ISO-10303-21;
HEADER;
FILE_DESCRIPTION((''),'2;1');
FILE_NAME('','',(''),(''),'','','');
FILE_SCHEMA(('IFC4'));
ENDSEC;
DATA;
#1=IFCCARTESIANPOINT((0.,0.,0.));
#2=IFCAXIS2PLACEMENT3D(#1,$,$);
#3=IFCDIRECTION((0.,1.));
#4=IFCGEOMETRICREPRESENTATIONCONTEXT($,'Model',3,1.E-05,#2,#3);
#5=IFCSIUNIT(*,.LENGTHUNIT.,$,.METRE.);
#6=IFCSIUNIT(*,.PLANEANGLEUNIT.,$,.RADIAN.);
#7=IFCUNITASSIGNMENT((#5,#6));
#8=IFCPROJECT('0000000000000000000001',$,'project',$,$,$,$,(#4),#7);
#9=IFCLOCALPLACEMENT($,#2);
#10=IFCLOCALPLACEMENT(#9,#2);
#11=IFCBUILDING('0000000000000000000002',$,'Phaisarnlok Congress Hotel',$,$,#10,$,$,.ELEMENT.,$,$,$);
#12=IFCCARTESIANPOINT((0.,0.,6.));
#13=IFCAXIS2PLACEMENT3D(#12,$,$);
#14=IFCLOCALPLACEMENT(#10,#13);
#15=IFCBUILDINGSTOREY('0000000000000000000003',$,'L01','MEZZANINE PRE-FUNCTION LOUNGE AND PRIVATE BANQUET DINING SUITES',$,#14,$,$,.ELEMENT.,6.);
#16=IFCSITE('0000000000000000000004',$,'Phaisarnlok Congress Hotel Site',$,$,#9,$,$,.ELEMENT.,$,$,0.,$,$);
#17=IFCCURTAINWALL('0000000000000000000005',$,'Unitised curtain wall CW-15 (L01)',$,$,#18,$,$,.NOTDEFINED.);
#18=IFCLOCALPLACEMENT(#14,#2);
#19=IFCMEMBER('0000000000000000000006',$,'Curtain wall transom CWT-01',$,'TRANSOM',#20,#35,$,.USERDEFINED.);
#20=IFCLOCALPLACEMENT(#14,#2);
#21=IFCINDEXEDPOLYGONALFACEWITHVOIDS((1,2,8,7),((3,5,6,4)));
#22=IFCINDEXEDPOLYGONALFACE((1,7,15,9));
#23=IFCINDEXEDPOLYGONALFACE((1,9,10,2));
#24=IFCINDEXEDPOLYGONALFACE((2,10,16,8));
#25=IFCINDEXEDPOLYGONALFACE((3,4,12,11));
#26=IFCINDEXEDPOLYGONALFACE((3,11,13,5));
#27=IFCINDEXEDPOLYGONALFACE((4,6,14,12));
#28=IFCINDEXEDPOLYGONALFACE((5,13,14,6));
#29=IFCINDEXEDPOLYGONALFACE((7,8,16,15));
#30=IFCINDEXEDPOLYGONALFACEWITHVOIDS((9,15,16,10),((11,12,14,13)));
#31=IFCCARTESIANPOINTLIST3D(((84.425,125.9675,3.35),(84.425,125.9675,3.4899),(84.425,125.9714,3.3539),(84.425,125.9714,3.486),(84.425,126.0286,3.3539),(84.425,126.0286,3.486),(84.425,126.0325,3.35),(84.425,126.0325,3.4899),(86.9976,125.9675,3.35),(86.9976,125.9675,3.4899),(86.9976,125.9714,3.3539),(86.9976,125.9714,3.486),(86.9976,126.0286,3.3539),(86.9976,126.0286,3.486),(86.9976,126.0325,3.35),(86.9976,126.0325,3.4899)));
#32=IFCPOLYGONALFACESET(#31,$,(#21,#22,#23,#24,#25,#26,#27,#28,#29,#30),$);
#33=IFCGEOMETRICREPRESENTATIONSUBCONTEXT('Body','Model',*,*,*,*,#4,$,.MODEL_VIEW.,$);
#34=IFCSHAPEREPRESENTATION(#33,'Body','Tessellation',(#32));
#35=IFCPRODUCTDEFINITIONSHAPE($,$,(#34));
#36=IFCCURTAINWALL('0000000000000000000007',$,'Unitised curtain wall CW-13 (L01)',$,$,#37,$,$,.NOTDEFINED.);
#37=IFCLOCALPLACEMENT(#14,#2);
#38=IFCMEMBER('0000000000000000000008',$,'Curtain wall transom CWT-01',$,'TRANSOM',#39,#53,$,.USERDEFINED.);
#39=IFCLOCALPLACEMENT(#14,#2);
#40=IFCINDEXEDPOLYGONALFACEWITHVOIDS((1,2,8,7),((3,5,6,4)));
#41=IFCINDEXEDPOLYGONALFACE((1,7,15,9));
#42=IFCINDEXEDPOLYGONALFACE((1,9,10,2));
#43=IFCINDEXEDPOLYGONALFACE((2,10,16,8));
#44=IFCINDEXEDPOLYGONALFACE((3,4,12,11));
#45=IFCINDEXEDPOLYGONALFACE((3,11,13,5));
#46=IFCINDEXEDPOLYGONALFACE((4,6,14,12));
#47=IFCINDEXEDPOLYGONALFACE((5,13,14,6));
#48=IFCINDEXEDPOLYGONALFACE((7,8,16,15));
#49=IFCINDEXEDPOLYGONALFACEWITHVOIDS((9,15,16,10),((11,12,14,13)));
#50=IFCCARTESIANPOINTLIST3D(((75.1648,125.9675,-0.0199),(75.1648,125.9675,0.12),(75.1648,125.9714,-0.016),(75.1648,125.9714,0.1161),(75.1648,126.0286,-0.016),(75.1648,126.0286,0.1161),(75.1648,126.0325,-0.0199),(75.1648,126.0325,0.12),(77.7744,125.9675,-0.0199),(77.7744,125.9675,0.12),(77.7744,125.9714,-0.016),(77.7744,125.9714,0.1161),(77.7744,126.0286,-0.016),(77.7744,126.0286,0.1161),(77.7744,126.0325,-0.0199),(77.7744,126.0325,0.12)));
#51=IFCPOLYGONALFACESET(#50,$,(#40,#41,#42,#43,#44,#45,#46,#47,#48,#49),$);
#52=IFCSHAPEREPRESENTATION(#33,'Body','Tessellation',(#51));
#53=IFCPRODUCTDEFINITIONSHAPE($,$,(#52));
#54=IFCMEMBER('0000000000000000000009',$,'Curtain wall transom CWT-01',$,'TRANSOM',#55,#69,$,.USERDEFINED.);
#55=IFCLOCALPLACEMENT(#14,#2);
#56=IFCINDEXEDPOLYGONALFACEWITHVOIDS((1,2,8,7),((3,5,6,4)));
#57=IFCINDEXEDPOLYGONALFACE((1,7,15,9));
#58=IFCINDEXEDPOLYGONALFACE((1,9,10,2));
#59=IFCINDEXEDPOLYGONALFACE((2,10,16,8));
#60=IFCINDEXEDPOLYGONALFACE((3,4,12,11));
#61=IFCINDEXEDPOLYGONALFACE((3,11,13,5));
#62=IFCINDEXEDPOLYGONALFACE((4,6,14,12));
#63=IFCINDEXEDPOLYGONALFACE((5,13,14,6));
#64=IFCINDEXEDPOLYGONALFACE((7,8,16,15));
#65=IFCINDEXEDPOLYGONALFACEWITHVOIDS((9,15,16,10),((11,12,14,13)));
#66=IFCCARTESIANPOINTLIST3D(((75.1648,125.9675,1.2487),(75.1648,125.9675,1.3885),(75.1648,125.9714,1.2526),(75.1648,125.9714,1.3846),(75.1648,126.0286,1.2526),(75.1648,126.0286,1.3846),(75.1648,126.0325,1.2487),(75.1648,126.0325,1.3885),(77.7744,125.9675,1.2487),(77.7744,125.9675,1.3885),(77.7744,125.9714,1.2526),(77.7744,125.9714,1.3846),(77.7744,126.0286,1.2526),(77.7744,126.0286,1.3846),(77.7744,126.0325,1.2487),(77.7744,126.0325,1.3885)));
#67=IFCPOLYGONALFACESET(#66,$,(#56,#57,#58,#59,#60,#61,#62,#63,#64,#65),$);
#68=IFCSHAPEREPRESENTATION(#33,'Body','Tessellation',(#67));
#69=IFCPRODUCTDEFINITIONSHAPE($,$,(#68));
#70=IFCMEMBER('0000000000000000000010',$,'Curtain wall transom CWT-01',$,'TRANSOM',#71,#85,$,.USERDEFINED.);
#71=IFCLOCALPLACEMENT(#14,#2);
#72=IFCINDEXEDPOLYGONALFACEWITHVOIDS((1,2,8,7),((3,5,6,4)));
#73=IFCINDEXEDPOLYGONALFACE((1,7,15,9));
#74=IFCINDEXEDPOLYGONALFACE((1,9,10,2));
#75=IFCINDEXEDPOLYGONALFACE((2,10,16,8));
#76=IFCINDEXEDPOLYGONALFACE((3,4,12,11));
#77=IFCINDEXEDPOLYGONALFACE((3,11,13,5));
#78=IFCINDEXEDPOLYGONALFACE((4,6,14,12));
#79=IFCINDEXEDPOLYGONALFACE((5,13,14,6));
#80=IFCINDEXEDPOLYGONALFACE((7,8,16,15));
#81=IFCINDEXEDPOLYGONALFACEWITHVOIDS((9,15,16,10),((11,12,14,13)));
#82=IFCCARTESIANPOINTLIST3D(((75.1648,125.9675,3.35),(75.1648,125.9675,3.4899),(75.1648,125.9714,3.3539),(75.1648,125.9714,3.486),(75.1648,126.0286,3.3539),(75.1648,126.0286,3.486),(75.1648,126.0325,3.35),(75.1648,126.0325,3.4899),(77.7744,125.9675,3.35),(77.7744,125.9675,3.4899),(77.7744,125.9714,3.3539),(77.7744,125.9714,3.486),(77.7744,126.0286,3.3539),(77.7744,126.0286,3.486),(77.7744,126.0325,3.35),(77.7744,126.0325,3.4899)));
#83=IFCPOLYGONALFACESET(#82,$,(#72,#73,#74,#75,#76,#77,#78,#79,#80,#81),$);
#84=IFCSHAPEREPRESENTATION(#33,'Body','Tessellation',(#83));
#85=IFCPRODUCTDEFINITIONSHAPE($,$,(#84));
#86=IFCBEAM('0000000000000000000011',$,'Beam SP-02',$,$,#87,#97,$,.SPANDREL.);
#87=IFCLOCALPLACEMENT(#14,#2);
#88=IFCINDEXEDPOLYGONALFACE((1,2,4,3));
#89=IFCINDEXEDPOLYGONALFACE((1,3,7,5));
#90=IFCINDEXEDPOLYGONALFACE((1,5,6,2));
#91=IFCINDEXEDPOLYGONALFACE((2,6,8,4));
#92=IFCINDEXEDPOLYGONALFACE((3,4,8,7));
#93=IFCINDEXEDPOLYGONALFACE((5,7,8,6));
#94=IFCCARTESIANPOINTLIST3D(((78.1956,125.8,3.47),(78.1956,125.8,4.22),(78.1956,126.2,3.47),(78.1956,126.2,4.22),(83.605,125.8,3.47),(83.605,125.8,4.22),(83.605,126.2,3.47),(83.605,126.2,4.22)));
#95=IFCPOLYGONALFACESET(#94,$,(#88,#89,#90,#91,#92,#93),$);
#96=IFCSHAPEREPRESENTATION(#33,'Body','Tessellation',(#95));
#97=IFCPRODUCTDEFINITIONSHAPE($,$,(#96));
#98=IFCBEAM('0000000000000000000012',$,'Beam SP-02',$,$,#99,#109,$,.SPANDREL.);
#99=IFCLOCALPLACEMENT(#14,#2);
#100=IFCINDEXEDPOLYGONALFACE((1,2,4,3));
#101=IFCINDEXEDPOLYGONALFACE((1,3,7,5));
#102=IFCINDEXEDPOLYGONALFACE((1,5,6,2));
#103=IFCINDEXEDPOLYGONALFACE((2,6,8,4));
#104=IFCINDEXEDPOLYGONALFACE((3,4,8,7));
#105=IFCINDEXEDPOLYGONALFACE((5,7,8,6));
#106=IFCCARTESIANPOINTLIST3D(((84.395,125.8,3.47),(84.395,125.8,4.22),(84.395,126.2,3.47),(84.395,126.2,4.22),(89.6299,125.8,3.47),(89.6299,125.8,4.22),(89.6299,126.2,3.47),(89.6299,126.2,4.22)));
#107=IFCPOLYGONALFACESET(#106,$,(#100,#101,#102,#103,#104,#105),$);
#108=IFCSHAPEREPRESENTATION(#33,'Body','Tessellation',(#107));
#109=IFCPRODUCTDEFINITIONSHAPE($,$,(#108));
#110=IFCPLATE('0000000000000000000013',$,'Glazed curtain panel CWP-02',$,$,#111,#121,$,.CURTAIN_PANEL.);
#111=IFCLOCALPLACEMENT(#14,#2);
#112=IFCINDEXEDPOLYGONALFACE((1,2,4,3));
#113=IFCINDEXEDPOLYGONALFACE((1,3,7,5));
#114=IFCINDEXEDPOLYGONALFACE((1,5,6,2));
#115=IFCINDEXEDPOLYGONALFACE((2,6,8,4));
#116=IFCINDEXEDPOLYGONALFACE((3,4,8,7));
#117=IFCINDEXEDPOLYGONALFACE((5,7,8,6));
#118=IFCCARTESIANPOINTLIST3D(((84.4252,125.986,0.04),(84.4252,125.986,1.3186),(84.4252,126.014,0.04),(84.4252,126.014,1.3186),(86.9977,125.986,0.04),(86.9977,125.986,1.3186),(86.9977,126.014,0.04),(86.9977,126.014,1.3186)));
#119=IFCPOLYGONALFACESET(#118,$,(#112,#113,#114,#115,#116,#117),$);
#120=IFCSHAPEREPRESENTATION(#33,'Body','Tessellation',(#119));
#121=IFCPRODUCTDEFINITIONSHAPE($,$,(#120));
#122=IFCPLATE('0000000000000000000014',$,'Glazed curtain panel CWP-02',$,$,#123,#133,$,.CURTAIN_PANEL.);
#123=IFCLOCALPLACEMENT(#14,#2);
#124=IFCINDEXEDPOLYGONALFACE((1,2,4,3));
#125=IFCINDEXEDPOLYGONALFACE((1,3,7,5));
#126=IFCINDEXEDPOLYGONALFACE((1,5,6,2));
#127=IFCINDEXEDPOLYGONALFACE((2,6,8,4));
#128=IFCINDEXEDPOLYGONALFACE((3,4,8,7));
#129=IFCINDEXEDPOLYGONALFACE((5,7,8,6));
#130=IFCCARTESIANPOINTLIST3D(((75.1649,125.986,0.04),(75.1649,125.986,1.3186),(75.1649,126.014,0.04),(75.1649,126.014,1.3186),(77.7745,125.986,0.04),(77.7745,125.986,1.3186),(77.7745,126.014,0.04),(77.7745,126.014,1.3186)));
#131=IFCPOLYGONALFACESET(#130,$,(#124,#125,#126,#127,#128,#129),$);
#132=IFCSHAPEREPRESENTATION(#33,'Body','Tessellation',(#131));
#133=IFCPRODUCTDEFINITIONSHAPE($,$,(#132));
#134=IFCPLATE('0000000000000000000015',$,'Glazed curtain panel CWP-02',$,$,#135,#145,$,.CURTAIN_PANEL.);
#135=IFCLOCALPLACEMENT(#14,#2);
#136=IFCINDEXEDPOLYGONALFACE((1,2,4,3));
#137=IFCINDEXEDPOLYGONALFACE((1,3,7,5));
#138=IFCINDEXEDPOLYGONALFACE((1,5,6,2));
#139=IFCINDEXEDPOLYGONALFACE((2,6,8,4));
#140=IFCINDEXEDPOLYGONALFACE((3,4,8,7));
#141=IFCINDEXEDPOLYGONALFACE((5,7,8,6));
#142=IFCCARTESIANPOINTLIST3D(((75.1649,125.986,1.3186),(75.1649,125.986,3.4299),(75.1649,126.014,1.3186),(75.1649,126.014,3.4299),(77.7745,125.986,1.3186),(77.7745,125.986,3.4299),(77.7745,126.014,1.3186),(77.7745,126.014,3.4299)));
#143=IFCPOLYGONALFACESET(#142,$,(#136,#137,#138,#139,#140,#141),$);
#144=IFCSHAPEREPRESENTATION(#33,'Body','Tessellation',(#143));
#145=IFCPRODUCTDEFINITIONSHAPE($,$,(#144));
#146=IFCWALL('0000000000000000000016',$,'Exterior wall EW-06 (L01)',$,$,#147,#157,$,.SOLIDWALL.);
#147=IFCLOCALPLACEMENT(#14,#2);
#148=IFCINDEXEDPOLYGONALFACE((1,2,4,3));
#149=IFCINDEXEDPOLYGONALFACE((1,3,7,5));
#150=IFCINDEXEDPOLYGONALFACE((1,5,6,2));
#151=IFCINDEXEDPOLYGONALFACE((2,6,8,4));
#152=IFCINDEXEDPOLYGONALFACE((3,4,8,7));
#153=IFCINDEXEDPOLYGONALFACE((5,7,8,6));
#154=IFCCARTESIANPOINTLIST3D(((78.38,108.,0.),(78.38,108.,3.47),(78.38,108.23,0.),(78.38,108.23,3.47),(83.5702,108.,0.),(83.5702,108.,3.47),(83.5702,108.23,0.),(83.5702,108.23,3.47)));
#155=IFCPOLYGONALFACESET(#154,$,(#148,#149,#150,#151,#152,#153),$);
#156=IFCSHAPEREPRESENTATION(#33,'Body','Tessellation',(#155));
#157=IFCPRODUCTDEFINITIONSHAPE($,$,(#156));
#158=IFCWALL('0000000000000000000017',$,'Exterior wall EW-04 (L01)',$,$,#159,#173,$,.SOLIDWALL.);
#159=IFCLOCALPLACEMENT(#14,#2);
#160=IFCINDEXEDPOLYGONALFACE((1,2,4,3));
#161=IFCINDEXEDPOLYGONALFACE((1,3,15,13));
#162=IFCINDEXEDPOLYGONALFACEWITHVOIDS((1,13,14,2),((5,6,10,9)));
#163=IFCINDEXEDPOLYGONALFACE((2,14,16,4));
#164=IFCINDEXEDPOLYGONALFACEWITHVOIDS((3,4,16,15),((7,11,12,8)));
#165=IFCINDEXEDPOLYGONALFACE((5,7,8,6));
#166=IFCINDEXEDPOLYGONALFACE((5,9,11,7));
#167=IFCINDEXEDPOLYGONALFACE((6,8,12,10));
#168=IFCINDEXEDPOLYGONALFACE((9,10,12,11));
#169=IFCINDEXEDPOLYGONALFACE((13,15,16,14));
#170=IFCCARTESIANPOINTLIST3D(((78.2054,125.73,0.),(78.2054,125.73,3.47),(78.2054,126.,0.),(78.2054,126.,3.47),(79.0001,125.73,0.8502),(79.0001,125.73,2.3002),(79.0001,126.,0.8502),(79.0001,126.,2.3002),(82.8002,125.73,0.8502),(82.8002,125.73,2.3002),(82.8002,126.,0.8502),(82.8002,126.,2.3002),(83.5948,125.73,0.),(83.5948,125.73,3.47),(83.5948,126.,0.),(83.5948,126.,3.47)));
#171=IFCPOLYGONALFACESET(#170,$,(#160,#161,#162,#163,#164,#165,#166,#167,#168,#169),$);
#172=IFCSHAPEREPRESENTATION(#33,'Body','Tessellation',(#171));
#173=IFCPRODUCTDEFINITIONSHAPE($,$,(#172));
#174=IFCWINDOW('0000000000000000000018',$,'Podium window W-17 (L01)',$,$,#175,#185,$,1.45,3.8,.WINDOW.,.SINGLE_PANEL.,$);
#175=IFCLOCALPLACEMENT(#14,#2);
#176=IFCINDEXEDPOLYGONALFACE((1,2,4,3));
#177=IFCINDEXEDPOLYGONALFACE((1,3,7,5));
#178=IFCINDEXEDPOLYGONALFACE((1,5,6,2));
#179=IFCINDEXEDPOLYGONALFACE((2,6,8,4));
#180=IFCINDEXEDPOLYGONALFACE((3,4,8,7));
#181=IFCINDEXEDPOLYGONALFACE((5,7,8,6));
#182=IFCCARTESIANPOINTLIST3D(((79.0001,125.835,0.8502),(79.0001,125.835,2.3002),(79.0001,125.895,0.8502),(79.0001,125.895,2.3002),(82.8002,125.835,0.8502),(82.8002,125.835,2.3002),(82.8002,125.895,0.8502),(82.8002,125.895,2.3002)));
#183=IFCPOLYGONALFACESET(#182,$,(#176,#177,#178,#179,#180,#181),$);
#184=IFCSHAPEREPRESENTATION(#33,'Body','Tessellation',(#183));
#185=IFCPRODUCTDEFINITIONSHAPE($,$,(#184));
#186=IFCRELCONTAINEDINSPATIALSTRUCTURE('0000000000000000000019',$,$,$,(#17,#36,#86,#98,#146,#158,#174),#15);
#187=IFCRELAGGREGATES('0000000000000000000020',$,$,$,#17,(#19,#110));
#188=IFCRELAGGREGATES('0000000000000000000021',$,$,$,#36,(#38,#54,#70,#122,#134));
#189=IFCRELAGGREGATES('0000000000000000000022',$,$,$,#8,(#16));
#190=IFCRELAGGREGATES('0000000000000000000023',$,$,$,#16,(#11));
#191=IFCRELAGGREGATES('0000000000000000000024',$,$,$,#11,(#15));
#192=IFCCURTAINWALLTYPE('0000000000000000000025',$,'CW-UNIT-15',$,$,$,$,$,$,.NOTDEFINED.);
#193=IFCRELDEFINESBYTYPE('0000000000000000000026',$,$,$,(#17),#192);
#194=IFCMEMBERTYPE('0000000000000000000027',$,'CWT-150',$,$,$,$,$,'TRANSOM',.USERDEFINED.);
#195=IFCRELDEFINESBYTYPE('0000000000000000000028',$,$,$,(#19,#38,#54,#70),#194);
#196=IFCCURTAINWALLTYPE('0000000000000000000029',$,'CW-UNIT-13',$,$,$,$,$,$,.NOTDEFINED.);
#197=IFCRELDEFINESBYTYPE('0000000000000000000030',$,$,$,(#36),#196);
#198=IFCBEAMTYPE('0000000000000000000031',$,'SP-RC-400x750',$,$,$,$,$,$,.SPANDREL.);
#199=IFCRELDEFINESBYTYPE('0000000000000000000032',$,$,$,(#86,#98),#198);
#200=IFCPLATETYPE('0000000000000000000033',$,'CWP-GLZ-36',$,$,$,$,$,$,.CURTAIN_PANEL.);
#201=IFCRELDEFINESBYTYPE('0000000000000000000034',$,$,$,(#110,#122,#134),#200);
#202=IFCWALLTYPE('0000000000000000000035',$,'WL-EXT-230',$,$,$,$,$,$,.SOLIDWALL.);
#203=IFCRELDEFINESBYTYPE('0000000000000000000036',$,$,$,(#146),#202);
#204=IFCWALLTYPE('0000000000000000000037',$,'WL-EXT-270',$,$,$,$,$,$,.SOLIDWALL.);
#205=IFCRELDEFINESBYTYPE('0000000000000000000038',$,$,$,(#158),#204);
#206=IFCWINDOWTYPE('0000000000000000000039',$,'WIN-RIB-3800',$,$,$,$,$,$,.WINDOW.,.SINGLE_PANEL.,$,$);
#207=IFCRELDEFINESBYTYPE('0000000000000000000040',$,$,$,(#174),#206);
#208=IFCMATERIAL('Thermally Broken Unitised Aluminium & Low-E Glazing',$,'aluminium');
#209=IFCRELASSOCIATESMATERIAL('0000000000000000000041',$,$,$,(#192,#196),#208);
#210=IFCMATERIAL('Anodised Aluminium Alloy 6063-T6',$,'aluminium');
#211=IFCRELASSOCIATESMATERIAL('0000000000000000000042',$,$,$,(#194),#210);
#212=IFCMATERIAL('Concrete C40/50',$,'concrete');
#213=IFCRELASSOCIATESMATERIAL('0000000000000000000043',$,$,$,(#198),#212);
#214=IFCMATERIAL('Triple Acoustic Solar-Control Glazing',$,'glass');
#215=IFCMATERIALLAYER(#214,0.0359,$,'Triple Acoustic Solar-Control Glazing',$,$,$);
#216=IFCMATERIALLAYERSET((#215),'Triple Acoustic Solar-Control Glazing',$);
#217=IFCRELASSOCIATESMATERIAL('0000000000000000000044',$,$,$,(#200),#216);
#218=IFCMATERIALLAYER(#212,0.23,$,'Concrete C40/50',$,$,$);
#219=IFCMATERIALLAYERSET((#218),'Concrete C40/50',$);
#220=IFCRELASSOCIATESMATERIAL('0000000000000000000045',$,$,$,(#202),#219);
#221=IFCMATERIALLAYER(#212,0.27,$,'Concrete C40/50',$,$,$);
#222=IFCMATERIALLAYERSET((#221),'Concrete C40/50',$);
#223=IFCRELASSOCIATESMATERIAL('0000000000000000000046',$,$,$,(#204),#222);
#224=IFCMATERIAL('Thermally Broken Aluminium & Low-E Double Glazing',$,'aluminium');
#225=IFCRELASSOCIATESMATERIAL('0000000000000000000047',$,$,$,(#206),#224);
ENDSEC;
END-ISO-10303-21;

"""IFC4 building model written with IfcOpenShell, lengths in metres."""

from ifc_helpers import new_model, si_unit, direction, frame, frame_2d, origin, origin_2d, place, context, subcontext, project, spatial, rectangle, hollow_rectangle, extrude, material, layer, layer_set, material_profile, profile_set, type_object, element, fill, aggregate, save


model = new_model("IFC4")

# Units and contexts
model_context = context("Model", 3, precision=1e-05, world=origin(), true_north=direction((0.0, 1.0)))
body_context = subcontext(model_context, "Body", "Model", "MODEL_VIEW")
ifc_project = project(units=[si_unit("LENGTHUNIT", "METRE"), si_unit("PLANEANGLEUNIT", "RADIAN")], contexts=[model_context])

# Site, building, storey
site_placement = place(None, origin())
site = spatial("IfcSite", under=ifc_project, at=site_placement, Name="Phaisarnlok Congress Hotel Site", CompositionType="ELEMENT", RefElevation=0.0)
building_placement = place(site_placement, origin())
building = spatial("IfcBuilding", under=site, at=building_placement, Name="Phaisarnlok Congress Hotel", CompositionType="ELEMENT")
storey_placement = place(building_placement, frame((0.0, 0.0, 6.0)))
storey = spatial("IfcBuildingStorey", under=building, at=storey_placement, Name="L01", Description="MEZZANINE PRE-FUNCTION LOUNGE AND PRIVATE BANQUET DINING SUITES", CompositionType="ELEMENT", Elevation=6.0)

# Shared definitions
ifc_material_1 = material(Name="Concrete C40/50", Category="concrete")

# Curtain walls, members
ifc_material_2 = material(Name="Thermally Broken Unitised Aluminium & Low-E Glazing", Category="aluminium")
curtain_wall_type_1 = type_object("IfcCurtainWallType", Name="CW-UNIT-15", PredefinedType="NOTDEFINED", material=ifc_material_2)
curtain_wall_1_placement = place(storey_placement, origin())
curtain_wall_1 = element("IfcCurtainWall", 1, at=curtain_wall_1_placement, inside=storey, type_object=curtain_wall_type_1, Name="Unitised curtain wall CW-15 (L01)", PredefinedType="NOTDEFINED")
ifc_material_3 = material(Name="Anodised Aluminium Alloy 6063-T6", Category="aluminium")
ifc_material_profile_1 = material_profile(ifc_material_3, hollow_rectangle(XDim=0.0649, YDim=0.1399, WallThickness=0.0039, at=origin_2d()), Name="ALU-T 65x140x4")
ifc_profile_set_1 = profile_set([ifc_material_profile_1], Name="Anodised Aluminium Alloy 6063-T6")
member_type_1 = type_object("IfcMemberType", Name="CWT-150", ElementType="TRANSOM", PredefinedType="USERDEFINED", material=ifc_profile_set_1)
member_1_placement = place(storey_placement, frame((86.9976, 126.0, 3.4199), z_axis=(-1.0, 0.0, 0.0), x_axis=(0.0, -1.0, 0.0)))
member_1 = element("IfcMember", 2, at=member_1_placement, type_object=member_type_1, Name="Curtain wall transom CWT-01", ObjectType="TRANSOM", PredefinedType="USERDEFINED", context=body_context, shape_type="SweptSolid", body=[
    extrude(hollow_rectangle(XDim=0.0649, YDim=0.1399, WallThickness=0.0039, at=origin_2d()), origin(), (0.0, 0.0, 1.0), 2.5725),
])
curtain_wall_type_2 = type_object("IfcCurtainWallType", Name="CW-UNIT-13", PredefinedType="NOTDEFINED", material=ifc_material_2)
curtain_wall_2_placement = place(storey_placement, origin())
curtain_wall_2 = element("IfcCurtainWall", 3, at=curtain_wall_2_placement, inside=storey, type_object=curtain_wall_type_2, Name="Unitised curtain wall CW-13 (L01)", PredefinedType="NOTDEFINED")
member_2_placement = place(storey_placement, frame((77.7744, 126.0, 0.05), z_axis=(-1.0, 0.0, 0.0), x_axis=(0.0, -1.0, 0.0)))
member_2 = element("IfcMember", 4, at=member_2_placement, type_object=member_type_1, Name="Curtain wall transom CWT-01", ObjectType="TRANSOM", PredefinedType="USERDEFINED", context=body_context, shape_type="SweptSolid", body=[
    extrude(hollow_rectangle(XDim=0.0649, YDim=0.1399, WallThickness=0.0039, at=origin_2d()), origin(), (0.0, 0.0, 1.0), 2.6096),
])
member_3_placement = place(storey_placement, frame((77.7744, 126.0, 1.3186), z_axis=(-1.0, 0.0, 0.0), x_axis=(0.0, -1.0, 0.0)))
member_3 = element("IfcMember", 5, at=member_3_placement, type_object=member_type_1, Name="Curtain wall transom CWT-01", ObjectType="TRANSOM", PredefinedType="USERDEFINED", context=body_context, shape_type="SweptSolid", body=[
    extrude(hollow_rectangle(XDim=0.0649, YDim=0.1399, WallThickness=0.0039, at=origin_2d()), origin(), (0.0, 0.0, 1.0), 2.6096),
])
member_4_placement = place(storey_placement, frame((77.7744, 126.0, 3.4199), z_axis=(-1.0, 0.0, 0.0), x_axis=(0.0, -1.0, 0.0)))
member_4 = element("IfcMember", 6, at=member_4_placement, type_object=member_type_1, Name="Curtain wall transom CWT-01", ObjectType="TRANSOM", PredefinedType="USERDEFINED", context=body_context, shape_type="SweptSolid", body=[
    extrude(hollow_rectangle(XDim=0.0649, YDim=0.1399, WallThickness=0.0039, at=origin_2d()), origin(), (0.0, 0.0, 1.0), 2.6096),
])

# Beams
ifc_material_profile_2 = material_profile(ifc_material_1, rectangle(XDim=0.3999, YDim=0.75, at=origin_2d()), Name="RC 400x750")
ifc_profile_set_2 = profile_set([ifc_material_profile_2], Name="Concrete C40/50")
beam_type_1 = type_object("IfcBeamType", Name="SP-RC-400x750", PredefinedType="SPANDREL", material=ifc_profile_set_2)
beam_1_placement = place(storey_placement, frame((78.1956, 126.0, 3.845), z_axis=(1.0, 0.0, 0.0), x_axis=(0.0, 1.0, 0.0)))
element("IfcBeam", 7, at=beam_1_placement, inside=storey, type_object=beam_type_1, Name="Beam SP-02", PredefinedType="SPANDREL", context=body_context, shape_type="SweptSolid", body=[
    extrude(rectangle(XDim=0.3999, YDim=0.75, at=origin_2d()), origin(), (0.0, 0.0, 1.0), 5.4094),
])
beam_2_placement = place(storey_placement, frame((84.395, 126.0, 3.845), z_axis=(1.0, 0.0, 0.0), x_axis=(0.0, 1.0, 0.0)))
element("IfcBeam", 8, at=beam_2_placement, inside=storey, type_object=beam_type_1, Name="Beam SP-02", PredefinedType="SPANDREL", context=body_context, shape_type="SweptSolid", body=[
    extrude(rectangle(XDim=0.3999, YDim=0.75, at=origin_2d()), origin(), (0.0, 0.0, 1.0), 5.2349),
])

# Plates
ifc_material_4 = material(Name="Triple Acoustic Solar-Control Glazing", Category="glass")
ifc_layer_1 = layer(ifc_material_4, 0.0359, Name="Triple Acoustic Solar-Control Glazing")
ifc_layer_set_1 = layer_set([ifc_layer_1], Name="Triple Acoustic Solar-Control Glazing")
plate_type = type_object("IfcPlateType", Name="CWP-GLZ-36", PredefinedType="CURTAIN_PANEL", material=ifc_layer_set_1)
plate_1_placement = place(storey_placement, frame((86.9976, 126.0, 0.04), z_axis=(0.0, 0.0, 1.0), x_axis=(-1.0, 0.0, 0.0)))
plate_1 = element("IfcPlate", 9, at=plate_1_placement, type_object=plate_type, Name="Glazed curtain panel CWP-02", PredefinedType="CURTAIN_PANEL", context=body_context, shape_type="SweptSolid", body=[
    extrude(rectangle(XDim=2.5725, YDim=0.0281, at=frame_2d((1.2861, 0.0))), origin(), (0.0, 0.0, 1.0), 1.2786),
])
aggregate(curtain_wall_1, [member_1, plate_1])
plate_2_placement = place(storey_placement, frame((77.7744, 126.0, 0.04), z_axis=(0.0, 0.0, 1.0), x_axis=(-1.0, 0.0, 0.0)))
plate_2 = element("IfcPlate", 10, at=plate_2_placement, type_object=plate_type, Name="Glazed curtain panel CWP-02", PredefinedType="CURTAIN_PANEL", context=body_context, shape_type="SweptSolid", body=[
    extrude(rectangle(XDim=2.6096, YDim=0.0281, at=frame_2d((1.3047, 0.0))), origin(), (0.0, 0.0, 1.0), 1.2786),
])
plate_3_placement = place(storey_placement, frame((77.7744, 126.0, 1.3186), z_axis=(0.0, 0.0, 1.0), x_axis=(-1.0, 0.0, 0.0)))
plate_3 = element("IfcPlate", 11, at=plate_3_placement, type_object=plate_type, Name="Glazed curtain panel CWP-02", PredefinedType="CURTAIN_PANEL", context=body_context, shape_type="SweptSolid", body=[
    extrude(rectangle(XDim=2.6096, YDim=0.0281, at=frame_2d((1.3047, 0.0))), origin(), (0.0, 0.0, 1.0), 2.1113),
])
aggregate(curtain_wall_2, [member_2, member_3, member_4, plate_2, plate_3])

# Wall
ifc_layer_2 = layer(ifc_material_1, 0.23, Name="Concrete C40/50")
ifc_layer_set_2 = layer_set([ifc_layer_2], Name="Concrete C40/50")
wall_type_1 = type_object("IfcWallType", Name="WL-EXT-230", PredefinedType="SOLIDWALL", material=ifc_layer_set_2)
wall_1_placement = place(storey_placement, frame((78.3799, 108.115, 0.0), z_axis=(0.0, 0.0, 1.0), x_axis=(1.0, 0.0, 0.0)))
element("IfcWall", 12, at=wall_1_placement, inside=storey, type_object=wall_type_1, Name="Exterior wall EW-06 (L01)", PredefinedType="SOLIDWALL", context=body_context, shape_type="SweptSolid", body=[
    extrude(rectangle(XDim=5.1902, YDim=0.23, at=frame_2d((2.5952, 0.0))), origin(), (0.0, 0.0, 1.0), 3.47),
])

# Wall, opening, window
ifc_layer_3 = layer(ifc_material_1, 0.27, Name="Concrete C40/50")
ifc_layer_set_3 = layer_set([ifc_layer_3], Name="Concrete C40/50")
wall_type_2 = type_object("IfcWallType", Name="WL-EXT-270", PredefinedType="SOLIDWALL", material=ifc_layer_set_3)
wall_2_placement = place(storey_placement, frame((83.595, 125.865, 0.0), z_axis=(0.0, 0.0, 1.0), x_axis=(-1.0, 0.0, 0.0)))
wall_2 = element("IfcWall", 13, at=wall_2_placement, inside=storey, type_object=wall_type_2, Name="Exterior wall EW-04 (L01)", PredefinedType="SOLIDWALL", context=body_context, shape_type="SweptSolid", body=[
    extrude(rectangle(XDim=5.3894, YDim=0.27, at=frame_2d((2.6948, 0.0))), origin(), (0.0, 0.0, 1.0), 3.47),
])
opening_1_placement = place(wall_2_placement, frame((0.7949, 0.0, 0.8501)))
opening_1 = element("IfcOpeningElement", 14, at=opening_1_placement, cuts=wall_2, PredefinedType="OPENING", context=body_context, shape_type="SweptSolid", body=[
    extrude(rectangle(XDim=3.8, YDim=1.45, at=frame_2d((1.8999, 0.7251))), frame((0.0, 0.145, 0.0), z_axis=(0.0, -1.0, 0.0), x_axis=(1.0, 0.0, 0.0)), (0.0, 0.0, 1.0), 0.29),
])
ifc_material_5 = material(Name="Thermally Broken Aluminium & Low-E Double Glazing", Category="aluminium")
window_type = type_object("IfcWindowType", Name="WIN-RIB-3800", PartitioningType="SINGLE_PANEL", PredefinedType="WINDOW", material=ifc_material_5)
window_placement = place(opening_1_placement, origin())
window = element("IfcWindow", 15, at=window_placement, inside=storey, type_object=window_type, Name="Podium window W-17 (L01)", OverallHeight=1.45, OverallWidth=3.8, PartitioningType="SINGLE_PANEL", PredefinedType="WINDOW", context=body_context, shape_type="SweptSolid", body=[
    extrude(rectangle(XDim=3.8, YDim=1.45, at=frame_2d((1.8999, 0.7251))), frame((0.0, 0.03, 0.0), z_axis=(0.0, -1.0, 0.0), x_axis=(1.0, 0.0, 0.0)), (0.0, 0.0, 1.0), 0.0601),
])
fill(opening_1, window)

save(model, "model.ifc")
